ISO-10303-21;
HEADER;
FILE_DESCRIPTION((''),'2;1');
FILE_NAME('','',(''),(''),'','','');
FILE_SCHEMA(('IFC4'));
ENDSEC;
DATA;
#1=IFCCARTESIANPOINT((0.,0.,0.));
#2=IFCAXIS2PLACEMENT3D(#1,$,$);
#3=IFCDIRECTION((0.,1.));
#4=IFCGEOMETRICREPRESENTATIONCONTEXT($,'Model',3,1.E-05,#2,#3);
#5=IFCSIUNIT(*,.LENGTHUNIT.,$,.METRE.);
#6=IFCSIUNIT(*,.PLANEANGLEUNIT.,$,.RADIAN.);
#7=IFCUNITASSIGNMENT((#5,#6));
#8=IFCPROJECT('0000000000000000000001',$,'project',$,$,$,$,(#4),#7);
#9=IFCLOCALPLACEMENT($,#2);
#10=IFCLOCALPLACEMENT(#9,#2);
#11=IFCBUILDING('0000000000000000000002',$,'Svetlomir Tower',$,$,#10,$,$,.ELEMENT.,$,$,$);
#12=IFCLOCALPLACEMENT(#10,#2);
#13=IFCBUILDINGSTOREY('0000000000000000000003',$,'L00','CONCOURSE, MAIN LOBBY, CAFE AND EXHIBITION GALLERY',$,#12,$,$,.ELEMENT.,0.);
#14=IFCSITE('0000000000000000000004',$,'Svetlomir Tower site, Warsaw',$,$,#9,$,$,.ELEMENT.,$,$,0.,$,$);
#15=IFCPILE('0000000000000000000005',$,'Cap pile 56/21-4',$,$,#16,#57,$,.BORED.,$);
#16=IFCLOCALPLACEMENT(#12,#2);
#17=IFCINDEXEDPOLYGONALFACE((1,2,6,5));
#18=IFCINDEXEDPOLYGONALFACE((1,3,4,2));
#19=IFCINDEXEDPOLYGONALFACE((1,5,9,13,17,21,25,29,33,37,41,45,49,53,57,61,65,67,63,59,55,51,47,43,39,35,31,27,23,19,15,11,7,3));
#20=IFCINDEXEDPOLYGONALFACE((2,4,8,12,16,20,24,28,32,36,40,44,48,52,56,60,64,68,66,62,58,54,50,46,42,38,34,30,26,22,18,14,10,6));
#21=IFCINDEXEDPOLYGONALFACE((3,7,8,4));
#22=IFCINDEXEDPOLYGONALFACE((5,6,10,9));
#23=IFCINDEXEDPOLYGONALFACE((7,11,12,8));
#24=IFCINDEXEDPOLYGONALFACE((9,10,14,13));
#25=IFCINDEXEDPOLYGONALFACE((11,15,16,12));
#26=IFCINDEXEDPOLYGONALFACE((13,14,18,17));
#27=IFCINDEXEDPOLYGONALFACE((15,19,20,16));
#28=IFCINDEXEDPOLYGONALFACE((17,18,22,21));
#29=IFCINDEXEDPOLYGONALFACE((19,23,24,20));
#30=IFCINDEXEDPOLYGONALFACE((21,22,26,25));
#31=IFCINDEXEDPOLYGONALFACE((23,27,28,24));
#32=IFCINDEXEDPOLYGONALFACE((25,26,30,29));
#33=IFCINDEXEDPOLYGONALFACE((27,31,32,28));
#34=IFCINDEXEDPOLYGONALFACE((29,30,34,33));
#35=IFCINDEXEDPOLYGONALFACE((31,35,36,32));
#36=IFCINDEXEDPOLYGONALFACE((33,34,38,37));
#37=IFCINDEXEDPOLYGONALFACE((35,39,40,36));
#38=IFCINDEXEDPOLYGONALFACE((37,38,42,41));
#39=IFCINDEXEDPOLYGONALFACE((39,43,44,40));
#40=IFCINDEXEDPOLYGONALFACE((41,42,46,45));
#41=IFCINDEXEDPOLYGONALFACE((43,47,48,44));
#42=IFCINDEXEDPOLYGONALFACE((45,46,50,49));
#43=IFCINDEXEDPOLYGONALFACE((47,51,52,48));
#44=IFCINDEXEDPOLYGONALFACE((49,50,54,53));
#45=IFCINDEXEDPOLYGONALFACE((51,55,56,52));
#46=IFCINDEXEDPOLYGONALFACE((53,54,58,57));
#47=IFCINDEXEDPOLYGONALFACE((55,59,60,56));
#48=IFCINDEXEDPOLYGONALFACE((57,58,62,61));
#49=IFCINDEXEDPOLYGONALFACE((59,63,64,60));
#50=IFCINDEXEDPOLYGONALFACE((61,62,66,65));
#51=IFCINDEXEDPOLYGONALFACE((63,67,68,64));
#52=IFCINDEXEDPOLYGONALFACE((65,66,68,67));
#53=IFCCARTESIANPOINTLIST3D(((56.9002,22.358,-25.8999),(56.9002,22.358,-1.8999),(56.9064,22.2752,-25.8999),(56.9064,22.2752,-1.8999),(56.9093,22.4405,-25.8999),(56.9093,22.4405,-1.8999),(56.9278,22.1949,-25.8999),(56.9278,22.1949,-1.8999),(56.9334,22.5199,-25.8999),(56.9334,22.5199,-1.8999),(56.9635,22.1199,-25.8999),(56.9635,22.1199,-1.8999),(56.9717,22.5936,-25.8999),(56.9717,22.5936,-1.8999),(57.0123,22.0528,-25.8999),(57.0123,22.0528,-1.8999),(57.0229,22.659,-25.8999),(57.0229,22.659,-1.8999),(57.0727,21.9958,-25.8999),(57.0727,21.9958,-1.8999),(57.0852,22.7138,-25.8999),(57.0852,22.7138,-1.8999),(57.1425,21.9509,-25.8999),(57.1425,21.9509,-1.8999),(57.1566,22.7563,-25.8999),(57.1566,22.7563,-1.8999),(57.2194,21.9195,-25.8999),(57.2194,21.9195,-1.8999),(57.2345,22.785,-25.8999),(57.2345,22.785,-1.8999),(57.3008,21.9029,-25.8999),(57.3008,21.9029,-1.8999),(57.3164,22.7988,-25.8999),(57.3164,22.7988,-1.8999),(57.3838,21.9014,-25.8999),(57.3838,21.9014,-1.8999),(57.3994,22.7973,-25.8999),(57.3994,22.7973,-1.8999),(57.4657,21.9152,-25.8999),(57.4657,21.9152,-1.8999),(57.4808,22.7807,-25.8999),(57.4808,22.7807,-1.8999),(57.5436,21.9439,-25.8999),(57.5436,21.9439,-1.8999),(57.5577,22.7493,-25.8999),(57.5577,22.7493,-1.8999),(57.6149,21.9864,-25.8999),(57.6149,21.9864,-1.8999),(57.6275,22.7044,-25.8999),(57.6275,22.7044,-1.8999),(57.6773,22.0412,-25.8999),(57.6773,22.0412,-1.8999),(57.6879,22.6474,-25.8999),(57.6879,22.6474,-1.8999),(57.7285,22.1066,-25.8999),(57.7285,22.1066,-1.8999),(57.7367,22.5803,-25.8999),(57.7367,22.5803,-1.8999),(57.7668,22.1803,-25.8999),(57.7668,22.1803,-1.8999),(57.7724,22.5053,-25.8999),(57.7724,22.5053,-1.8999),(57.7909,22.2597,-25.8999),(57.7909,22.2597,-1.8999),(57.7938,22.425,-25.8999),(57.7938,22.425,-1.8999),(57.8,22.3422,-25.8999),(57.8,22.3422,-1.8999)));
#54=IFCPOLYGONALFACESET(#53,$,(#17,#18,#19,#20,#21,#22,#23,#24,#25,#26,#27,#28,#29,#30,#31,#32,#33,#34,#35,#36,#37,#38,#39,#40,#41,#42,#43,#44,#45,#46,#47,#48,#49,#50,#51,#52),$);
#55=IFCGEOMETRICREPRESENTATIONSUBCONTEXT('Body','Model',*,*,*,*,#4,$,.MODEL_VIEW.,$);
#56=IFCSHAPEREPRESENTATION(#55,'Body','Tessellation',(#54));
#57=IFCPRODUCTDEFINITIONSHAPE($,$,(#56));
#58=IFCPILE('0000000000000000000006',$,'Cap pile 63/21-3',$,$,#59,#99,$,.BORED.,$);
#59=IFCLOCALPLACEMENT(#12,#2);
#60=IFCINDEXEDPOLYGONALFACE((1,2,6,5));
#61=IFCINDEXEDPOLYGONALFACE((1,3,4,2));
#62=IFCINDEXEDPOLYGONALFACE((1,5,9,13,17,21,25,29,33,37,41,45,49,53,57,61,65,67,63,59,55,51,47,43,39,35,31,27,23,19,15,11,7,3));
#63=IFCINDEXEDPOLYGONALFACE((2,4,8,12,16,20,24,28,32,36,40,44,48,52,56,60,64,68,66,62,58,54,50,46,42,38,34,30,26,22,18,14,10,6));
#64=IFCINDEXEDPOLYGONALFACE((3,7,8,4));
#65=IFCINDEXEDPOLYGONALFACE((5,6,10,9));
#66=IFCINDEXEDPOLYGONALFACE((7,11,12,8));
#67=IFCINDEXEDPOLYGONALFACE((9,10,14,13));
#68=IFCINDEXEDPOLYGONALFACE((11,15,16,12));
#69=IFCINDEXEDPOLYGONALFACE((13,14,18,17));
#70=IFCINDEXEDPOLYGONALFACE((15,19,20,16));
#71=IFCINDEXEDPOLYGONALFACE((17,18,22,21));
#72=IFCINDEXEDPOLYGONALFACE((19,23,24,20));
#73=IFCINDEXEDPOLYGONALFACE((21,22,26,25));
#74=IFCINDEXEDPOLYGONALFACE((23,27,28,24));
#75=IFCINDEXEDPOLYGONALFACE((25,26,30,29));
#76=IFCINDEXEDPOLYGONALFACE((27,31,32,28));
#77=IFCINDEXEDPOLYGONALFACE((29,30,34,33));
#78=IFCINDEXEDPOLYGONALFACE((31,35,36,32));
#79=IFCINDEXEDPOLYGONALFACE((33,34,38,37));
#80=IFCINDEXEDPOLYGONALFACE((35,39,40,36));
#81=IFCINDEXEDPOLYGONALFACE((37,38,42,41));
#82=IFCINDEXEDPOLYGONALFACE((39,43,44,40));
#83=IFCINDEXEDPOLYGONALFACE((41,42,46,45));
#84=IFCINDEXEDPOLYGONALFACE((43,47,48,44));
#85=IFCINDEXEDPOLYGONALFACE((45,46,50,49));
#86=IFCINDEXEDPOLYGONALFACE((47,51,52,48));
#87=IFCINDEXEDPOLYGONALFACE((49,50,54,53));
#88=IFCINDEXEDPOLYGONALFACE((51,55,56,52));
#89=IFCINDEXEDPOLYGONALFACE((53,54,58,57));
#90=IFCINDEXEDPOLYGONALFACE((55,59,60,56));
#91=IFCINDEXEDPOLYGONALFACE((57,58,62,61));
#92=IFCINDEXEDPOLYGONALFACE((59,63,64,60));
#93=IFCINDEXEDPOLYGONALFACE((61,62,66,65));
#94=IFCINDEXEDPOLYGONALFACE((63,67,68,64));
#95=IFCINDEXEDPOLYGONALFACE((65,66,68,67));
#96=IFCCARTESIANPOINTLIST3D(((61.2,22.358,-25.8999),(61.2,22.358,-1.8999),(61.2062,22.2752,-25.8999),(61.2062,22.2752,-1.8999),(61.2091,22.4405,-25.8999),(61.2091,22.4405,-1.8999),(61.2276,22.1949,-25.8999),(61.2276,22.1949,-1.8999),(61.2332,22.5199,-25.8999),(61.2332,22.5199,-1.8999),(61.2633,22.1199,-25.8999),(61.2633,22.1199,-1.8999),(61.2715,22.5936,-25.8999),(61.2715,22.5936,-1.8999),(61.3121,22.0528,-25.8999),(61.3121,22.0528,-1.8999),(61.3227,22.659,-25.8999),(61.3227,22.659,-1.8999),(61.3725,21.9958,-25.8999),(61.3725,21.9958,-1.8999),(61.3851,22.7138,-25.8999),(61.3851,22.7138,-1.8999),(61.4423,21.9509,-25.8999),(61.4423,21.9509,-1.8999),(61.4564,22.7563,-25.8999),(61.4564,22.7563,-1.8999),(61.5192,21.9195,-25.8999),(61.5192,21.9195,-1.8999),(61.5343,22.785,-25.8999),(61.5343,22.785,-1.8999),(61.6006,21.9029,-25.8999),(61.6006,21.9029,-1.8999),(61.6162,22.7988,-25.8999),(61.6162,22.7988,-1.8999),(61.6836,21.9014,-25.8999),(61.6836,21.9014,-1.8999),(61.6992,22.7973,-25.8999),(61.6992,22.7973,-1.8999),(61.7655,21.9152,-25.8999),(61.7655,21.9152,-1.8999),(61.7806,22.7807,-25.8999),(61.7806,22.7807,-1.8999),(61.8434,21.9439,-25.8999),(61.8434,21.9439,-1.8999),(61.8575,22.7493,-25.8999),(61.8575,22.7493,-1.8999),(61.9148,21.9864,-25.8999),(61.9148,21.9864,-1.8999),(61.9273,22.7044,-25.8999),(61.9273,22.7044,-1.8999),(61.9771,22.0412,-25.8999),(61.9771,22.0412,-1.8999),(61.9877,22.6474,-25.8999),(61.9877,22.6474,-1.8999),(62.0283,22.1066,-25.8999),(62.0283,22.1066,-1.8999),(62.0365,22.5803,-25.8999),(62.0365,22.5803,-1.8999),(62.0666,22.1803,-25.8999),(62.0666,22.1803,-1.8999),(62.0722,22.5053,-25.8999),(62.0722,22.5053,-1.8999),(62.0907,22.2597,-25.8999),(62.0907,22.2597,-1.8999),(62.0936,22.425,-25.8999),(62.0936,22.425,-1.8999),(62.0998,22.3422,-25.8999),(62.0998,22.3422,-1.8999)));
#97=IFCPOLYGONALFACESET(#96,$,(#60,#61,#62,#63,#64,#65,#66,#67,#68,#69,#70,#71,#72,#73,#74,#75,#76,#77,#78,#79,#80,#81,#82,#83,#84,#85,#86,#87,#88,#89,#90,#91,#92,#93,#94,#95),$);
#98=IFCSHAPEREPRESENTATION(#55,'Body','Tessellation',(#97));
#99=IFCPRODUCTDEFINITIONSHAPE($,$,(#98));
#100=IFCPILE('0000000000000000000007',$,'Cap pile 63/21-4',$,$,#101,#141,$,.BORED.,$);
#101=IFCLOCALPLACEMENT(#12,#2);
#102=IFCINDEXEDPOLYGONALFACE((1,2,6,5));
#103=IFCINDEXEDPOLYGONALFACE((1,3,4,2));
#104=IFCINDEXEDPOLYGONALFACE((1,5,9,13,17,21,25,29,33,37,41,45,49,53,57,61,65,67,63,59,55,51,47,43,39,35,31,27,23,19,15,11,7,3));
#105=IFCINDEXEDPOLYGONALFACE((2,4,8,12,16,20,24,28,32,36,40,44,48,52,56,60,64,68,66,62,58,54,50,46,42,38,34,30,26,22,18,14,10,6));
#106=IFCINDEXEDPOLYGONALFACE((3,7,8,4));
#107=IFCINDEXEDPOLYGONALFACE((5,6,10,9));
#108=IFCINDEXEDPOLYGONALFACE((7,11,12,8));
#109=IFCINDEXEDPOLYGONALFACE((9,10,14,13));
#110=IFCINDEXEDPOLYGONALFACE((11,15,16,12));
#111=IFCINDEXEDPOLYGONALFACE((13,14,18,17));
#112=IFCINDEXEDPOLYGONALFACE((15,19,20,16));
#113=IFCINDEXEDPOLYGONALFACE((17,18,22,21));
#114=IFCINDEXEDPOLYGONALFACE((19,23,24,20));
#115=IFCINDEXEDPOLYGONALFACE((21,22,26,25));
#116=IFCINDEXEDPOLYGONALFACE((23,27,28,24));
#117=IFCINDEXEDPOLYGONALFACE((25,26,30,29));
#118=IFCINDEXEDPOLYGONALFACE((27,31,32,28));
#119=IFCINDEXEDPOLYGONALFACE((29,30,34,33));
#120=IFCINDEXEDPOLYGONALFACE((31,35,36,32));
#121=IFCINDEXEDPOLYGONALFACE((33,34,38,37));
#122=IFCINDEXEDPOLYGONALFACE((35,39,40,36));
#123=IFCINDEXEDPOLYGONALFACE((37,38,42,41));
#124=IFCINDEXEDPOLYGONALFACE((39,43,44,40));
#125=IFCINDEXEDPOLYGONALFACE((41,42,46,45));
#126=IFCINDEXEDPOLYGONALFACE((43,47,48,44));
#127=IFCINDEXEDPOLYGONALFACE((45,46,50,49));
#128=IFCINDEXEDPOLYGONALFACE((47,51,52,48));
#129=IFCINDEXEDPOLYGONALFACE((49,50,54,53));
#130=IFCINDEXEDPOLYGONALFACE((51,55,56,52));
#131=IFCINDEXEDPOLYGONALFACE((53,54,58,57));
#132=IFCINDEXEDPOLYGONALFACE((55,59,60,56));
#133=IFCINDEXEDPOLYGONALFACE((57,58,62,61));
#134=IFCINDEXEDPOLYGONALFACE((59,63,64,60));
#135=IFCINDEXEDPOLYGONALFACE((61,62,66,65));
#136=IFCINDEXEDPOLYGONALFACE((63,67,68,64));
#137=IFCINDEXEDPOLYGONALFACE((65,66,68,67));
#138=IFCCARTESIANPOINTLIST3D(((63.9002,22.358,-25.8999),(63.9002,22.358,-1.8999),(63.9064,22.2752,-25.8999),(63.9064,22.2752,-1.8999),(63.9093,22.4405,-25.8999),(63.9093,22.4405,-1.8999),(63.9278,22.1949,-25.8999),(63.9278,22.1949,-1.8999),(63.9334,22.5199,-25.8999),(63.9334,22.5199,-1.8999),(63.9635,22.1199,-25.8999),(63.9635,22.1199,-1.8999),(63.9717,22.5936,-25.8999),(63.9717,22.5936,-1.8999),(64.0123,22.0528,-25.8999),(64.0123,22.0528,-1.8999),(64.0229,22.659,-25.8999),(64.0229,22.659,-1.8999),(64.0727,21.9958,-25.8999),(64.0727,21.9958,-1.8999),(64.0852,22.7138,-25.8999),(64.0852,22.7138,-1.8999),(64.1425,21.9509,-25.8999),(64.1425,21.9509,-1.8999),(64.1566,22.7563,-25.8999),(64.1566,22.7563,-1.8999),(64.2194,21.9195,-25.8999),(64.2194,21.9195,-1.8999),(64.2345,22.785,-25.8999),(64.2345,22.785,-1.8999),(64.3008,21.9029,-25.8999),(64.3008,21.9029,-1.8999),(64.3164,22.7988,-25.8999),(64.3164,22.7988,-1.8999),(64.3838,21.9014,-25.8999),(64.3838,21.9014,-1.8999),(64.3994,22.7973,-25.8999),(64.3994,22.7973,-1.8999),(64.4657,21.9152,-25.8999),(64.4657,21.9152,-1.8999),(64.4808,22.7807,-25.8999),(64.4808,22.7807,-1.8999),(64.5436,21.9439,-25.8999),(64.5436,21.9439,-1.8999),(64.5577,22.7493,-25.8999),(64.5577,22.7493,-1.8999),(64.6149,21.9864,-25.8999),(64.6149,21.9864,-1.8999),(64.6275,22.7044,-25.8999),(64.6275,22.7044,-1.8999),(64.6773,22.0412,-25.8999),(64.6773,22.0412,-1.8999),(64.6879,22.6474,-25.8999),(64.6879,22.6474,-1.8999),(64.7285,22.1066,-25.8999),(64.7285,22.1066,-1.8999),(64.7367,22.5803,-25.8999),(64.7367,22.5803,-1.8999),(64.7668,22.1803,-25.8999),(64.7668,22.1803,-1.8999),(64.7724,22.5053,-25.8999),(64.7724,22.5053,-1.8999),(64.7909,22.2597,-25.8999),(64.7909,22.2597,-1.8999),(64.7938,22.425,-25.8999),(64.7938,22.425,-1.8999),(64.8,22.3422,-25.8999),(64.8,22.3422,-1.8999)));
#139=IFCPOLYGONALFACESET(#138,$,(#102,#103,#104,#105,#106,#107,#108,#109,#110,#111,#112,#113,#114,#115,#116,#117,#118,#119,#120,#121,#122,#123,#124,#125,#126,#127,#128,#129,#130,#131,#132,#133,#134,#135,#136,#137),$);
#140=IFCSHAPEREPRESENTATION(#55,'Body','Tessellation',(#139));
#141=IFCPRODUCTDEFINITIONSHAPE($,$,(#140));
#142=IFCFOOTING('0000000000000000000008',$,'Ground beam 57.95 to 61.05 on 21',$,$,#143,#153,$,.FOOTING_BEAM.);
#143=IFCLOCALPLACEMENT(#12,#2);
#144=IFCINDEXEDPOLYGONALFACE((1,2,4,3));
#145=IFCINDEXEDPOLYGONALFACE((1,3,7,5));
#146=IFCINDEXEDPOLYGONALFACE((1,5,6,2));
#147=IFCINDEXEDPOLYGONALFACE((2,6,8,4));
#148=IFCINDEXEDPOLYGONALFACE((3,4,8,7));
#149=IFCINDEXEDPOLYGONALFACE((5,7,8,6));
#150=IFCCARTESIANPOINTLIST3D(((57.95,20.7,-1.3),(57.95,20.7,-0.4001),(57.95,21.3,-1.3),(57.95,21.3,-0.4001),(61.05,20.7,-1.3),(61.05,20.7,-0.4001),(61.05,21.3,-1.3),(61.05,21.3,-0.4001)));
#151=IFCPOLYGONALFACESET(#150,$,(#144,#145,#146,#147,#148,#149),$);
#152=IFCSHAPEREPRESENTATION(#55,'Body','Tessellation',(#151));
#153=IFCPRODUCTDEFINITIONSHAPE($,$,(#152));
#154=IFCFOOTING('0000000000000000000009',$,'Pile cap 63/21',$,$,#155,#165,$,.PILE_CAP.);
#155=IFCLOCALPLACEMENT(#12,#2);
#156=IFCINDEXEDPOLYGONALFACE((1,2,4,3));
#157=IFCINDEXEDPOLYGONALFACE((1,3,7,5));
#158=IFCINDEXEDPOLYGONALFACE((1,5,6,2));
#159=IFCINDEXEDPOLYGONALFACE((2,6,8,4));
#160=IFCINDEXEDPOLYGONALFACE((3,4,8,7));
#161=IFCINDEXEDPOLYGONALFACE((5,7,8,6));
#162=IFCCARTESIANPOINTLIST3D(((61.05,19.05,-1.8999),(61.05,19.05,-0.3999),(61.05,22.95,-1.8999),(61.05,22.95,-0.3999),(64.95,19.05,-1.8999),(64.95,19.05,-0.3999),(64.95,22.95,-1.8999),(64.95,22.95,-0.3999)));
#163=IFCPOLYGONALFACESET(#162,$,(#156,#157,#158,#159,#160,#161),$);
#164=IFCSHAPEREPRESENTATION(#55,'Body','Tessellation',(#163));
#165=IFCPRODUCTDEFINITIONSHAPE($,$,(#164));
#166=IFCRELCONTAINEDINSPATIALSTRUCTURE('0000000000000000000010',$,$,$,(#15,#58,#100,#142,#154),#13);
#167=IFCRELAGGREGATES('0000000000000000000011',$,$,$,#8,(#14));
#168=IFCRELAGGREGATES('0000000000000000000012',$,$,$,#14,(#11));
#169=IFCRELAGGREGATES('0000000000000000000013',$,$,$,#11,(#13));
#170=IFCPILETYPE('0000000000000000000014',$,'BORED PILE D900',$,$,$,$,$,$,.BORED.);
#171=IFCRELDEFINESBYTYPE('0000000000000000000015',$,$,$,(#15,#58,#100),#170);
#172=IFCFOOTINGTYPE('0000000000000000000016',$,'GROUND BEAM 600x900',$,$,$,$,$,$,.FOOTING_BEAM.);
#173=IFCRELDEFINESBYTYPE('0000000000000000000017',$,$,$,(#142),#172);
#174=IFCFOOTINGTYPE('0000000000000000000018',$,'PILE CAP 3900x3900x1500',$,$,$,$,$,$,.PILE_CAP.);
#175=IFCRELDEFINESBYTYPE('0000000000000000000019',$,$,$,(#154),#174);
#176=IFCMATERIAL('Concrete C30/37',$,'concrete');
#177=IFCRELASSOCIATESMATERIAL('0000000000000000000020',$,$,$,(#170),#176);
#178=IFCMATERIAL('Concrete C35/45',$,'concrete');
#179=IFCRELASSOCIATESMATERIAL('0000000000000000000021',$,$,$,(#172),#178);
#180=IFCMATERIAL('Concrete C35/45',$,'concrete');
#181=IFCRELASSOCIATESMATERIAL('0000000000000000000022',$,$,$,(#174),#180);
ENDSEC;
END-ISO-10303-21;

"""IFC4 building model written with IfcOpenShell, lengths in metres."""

from ifc_helpers import new_model, si_unit, direction, frame, frame_2d, origin, origin_2d, place, context, subcontext, project, spatial, rectangle, circle, extrude, material, material_profile, profile_set, type_object, element, save


model = new_model("IFC4")

# Units and contexts
model_context = context("Model", 3, precision=1e-05, world=origin(), true_north=direction((0.0, 1.0)))
body_context = subcontext(model_context, "Body", "Model", "MODEL_VIEW")
ifc_project = project(units=[si_unit("LENGTHUNIT", "METRE"), si_unit("PLANEANGLEUNIT", "RADIAN")], contexts=[model_context])

# Site, building, storey
site_placement = place(None, origin())
site = spatial("IfcSite", under=ifc_project, at=site_placement, Name="Svetlomir Tower site, Warsaw", CompositionType="ELEMENT", RefElevation=0.0)
building_placement = place(site_placement, origin())
building = spatial("IfcBuilding", under=site, at=building_placement, Name="Svetlomir Tower", CompositionType="ELEMENT")
storey_placement = place(building_placement, origin())
storey = spatial("IfcBuildingStorey", under=building, at=storey_placement, Name="L00", Description="CONCOURSE, MAIN LOBBY, CAFE AND EXHIBITION GALLERY", CompositionType="ELEMENT", Elevation=0.0)

# Piles
ifc_material_1 = material(Name="Concrete C30/37", Category="concrete")
ifc_material_profile_1 = material_profile(ifc_material_1, circle(Radius=0.45, at=origin_2d()), Name="RC D900")
ifc_profile_set_1 = profile_set([ifc_material_profile_1], Name="Concrete C30/37")
pile_type = type_object("IfcPileType", Name="BORED PILE D900", PredefinedType="BORED", material=ifc_profile_set_1)
for number, where, z_axis, x_axis, name in (
    (1, (57.3501, 22.3501, -1.8999), (0.0, 0.0, -1.0), (1.0, 0.0, 0.0), "Cap pile 56/21-4"),
    (2, (61.6499, 22.3501, -1.8999), (0.0, 0.0, -1.0), (1.0, 0.0, 0.0), "Cap pile 63/21-3"),
    (3, (64.3501, 22.3501, -1.8999), (0.0, 0.0, -1.0), (1.0, 0.0, 0.0), "Cap pile 63/21-4"),
):
    element("IfcPile", number, at=place(storey_placement, frame(where, z_axis=z_axis, x_axis=x_axis)), inside=storey, type_object=pile_type, Name=name, PredefinedType="BORED", context=body_context, shape_type="SweptSolid", body=[
        extrude(circle(Radius=0.45, at=frame_2d((0.0, 0.0), x_axis=(0.999848, 0.017452))), origin(), (0.0, 0.0, 1.0), 24.0),
    ])

# Footings
ifc_material_2 = material(Name="Concrete C35/45", Category="concrete")
footing_type_1 = type_object("IfcFootingType", Name="GROUND BEAM 600x900", PredefinedType="FOOTING_BEAM", material=ifc_material_2)
footing_1_placement = place(storey_placement, frame((59.5, 21.0, -1.3), z_axis=(0.0, 0.0, 1.0), x_axis=(1.0, 0.0, 0.0)))
element("IfcFooting", 4, at=footing_1_placement, inside=storey, type_object=footing_type_1, Name="Ground beam 57.95 to 61.05 on 21", PredefinedType="FOOTING_BEAM", context=body_context, shape_type="SweptSolid", body=[
    extrude(rectangle(XDim=3.1001, YDim=0.6001, at=origin_2d()), origin(), (0.0, 0.0, 1.0), 0.8999),
])
ifc_material_3 = material(Name="Concrete C35/45", Category="concrete")
footing_type_2 = type_object("IfcFootingType", Name="PILE CAP 3900x3900x1500", PredefinedType="PILE_CAP", material=ifc_material_3)
footing_2_placement = place(storey_placement, frame((63.0, 21.0, -1.8999), z_axis=(0.0, 0.0, 1.0), x_axis=(1.0, 0.0, 0.0)))
element("IfcFooting", 5, at=footing_2_placement, inside=storey, type_object=footing_type_2, Name="Pile cap 63/21", PredefinedType="PILE_CAP", context=body_context, shape_type="SweptSolid", body=[
    extrude(rectangle(XDim=3.8999, YDim=3.8999, at=origin_2d()), origin(), (0.0, 0.0, 1.0), 1.5),
])

save(model, "model.ifc")
